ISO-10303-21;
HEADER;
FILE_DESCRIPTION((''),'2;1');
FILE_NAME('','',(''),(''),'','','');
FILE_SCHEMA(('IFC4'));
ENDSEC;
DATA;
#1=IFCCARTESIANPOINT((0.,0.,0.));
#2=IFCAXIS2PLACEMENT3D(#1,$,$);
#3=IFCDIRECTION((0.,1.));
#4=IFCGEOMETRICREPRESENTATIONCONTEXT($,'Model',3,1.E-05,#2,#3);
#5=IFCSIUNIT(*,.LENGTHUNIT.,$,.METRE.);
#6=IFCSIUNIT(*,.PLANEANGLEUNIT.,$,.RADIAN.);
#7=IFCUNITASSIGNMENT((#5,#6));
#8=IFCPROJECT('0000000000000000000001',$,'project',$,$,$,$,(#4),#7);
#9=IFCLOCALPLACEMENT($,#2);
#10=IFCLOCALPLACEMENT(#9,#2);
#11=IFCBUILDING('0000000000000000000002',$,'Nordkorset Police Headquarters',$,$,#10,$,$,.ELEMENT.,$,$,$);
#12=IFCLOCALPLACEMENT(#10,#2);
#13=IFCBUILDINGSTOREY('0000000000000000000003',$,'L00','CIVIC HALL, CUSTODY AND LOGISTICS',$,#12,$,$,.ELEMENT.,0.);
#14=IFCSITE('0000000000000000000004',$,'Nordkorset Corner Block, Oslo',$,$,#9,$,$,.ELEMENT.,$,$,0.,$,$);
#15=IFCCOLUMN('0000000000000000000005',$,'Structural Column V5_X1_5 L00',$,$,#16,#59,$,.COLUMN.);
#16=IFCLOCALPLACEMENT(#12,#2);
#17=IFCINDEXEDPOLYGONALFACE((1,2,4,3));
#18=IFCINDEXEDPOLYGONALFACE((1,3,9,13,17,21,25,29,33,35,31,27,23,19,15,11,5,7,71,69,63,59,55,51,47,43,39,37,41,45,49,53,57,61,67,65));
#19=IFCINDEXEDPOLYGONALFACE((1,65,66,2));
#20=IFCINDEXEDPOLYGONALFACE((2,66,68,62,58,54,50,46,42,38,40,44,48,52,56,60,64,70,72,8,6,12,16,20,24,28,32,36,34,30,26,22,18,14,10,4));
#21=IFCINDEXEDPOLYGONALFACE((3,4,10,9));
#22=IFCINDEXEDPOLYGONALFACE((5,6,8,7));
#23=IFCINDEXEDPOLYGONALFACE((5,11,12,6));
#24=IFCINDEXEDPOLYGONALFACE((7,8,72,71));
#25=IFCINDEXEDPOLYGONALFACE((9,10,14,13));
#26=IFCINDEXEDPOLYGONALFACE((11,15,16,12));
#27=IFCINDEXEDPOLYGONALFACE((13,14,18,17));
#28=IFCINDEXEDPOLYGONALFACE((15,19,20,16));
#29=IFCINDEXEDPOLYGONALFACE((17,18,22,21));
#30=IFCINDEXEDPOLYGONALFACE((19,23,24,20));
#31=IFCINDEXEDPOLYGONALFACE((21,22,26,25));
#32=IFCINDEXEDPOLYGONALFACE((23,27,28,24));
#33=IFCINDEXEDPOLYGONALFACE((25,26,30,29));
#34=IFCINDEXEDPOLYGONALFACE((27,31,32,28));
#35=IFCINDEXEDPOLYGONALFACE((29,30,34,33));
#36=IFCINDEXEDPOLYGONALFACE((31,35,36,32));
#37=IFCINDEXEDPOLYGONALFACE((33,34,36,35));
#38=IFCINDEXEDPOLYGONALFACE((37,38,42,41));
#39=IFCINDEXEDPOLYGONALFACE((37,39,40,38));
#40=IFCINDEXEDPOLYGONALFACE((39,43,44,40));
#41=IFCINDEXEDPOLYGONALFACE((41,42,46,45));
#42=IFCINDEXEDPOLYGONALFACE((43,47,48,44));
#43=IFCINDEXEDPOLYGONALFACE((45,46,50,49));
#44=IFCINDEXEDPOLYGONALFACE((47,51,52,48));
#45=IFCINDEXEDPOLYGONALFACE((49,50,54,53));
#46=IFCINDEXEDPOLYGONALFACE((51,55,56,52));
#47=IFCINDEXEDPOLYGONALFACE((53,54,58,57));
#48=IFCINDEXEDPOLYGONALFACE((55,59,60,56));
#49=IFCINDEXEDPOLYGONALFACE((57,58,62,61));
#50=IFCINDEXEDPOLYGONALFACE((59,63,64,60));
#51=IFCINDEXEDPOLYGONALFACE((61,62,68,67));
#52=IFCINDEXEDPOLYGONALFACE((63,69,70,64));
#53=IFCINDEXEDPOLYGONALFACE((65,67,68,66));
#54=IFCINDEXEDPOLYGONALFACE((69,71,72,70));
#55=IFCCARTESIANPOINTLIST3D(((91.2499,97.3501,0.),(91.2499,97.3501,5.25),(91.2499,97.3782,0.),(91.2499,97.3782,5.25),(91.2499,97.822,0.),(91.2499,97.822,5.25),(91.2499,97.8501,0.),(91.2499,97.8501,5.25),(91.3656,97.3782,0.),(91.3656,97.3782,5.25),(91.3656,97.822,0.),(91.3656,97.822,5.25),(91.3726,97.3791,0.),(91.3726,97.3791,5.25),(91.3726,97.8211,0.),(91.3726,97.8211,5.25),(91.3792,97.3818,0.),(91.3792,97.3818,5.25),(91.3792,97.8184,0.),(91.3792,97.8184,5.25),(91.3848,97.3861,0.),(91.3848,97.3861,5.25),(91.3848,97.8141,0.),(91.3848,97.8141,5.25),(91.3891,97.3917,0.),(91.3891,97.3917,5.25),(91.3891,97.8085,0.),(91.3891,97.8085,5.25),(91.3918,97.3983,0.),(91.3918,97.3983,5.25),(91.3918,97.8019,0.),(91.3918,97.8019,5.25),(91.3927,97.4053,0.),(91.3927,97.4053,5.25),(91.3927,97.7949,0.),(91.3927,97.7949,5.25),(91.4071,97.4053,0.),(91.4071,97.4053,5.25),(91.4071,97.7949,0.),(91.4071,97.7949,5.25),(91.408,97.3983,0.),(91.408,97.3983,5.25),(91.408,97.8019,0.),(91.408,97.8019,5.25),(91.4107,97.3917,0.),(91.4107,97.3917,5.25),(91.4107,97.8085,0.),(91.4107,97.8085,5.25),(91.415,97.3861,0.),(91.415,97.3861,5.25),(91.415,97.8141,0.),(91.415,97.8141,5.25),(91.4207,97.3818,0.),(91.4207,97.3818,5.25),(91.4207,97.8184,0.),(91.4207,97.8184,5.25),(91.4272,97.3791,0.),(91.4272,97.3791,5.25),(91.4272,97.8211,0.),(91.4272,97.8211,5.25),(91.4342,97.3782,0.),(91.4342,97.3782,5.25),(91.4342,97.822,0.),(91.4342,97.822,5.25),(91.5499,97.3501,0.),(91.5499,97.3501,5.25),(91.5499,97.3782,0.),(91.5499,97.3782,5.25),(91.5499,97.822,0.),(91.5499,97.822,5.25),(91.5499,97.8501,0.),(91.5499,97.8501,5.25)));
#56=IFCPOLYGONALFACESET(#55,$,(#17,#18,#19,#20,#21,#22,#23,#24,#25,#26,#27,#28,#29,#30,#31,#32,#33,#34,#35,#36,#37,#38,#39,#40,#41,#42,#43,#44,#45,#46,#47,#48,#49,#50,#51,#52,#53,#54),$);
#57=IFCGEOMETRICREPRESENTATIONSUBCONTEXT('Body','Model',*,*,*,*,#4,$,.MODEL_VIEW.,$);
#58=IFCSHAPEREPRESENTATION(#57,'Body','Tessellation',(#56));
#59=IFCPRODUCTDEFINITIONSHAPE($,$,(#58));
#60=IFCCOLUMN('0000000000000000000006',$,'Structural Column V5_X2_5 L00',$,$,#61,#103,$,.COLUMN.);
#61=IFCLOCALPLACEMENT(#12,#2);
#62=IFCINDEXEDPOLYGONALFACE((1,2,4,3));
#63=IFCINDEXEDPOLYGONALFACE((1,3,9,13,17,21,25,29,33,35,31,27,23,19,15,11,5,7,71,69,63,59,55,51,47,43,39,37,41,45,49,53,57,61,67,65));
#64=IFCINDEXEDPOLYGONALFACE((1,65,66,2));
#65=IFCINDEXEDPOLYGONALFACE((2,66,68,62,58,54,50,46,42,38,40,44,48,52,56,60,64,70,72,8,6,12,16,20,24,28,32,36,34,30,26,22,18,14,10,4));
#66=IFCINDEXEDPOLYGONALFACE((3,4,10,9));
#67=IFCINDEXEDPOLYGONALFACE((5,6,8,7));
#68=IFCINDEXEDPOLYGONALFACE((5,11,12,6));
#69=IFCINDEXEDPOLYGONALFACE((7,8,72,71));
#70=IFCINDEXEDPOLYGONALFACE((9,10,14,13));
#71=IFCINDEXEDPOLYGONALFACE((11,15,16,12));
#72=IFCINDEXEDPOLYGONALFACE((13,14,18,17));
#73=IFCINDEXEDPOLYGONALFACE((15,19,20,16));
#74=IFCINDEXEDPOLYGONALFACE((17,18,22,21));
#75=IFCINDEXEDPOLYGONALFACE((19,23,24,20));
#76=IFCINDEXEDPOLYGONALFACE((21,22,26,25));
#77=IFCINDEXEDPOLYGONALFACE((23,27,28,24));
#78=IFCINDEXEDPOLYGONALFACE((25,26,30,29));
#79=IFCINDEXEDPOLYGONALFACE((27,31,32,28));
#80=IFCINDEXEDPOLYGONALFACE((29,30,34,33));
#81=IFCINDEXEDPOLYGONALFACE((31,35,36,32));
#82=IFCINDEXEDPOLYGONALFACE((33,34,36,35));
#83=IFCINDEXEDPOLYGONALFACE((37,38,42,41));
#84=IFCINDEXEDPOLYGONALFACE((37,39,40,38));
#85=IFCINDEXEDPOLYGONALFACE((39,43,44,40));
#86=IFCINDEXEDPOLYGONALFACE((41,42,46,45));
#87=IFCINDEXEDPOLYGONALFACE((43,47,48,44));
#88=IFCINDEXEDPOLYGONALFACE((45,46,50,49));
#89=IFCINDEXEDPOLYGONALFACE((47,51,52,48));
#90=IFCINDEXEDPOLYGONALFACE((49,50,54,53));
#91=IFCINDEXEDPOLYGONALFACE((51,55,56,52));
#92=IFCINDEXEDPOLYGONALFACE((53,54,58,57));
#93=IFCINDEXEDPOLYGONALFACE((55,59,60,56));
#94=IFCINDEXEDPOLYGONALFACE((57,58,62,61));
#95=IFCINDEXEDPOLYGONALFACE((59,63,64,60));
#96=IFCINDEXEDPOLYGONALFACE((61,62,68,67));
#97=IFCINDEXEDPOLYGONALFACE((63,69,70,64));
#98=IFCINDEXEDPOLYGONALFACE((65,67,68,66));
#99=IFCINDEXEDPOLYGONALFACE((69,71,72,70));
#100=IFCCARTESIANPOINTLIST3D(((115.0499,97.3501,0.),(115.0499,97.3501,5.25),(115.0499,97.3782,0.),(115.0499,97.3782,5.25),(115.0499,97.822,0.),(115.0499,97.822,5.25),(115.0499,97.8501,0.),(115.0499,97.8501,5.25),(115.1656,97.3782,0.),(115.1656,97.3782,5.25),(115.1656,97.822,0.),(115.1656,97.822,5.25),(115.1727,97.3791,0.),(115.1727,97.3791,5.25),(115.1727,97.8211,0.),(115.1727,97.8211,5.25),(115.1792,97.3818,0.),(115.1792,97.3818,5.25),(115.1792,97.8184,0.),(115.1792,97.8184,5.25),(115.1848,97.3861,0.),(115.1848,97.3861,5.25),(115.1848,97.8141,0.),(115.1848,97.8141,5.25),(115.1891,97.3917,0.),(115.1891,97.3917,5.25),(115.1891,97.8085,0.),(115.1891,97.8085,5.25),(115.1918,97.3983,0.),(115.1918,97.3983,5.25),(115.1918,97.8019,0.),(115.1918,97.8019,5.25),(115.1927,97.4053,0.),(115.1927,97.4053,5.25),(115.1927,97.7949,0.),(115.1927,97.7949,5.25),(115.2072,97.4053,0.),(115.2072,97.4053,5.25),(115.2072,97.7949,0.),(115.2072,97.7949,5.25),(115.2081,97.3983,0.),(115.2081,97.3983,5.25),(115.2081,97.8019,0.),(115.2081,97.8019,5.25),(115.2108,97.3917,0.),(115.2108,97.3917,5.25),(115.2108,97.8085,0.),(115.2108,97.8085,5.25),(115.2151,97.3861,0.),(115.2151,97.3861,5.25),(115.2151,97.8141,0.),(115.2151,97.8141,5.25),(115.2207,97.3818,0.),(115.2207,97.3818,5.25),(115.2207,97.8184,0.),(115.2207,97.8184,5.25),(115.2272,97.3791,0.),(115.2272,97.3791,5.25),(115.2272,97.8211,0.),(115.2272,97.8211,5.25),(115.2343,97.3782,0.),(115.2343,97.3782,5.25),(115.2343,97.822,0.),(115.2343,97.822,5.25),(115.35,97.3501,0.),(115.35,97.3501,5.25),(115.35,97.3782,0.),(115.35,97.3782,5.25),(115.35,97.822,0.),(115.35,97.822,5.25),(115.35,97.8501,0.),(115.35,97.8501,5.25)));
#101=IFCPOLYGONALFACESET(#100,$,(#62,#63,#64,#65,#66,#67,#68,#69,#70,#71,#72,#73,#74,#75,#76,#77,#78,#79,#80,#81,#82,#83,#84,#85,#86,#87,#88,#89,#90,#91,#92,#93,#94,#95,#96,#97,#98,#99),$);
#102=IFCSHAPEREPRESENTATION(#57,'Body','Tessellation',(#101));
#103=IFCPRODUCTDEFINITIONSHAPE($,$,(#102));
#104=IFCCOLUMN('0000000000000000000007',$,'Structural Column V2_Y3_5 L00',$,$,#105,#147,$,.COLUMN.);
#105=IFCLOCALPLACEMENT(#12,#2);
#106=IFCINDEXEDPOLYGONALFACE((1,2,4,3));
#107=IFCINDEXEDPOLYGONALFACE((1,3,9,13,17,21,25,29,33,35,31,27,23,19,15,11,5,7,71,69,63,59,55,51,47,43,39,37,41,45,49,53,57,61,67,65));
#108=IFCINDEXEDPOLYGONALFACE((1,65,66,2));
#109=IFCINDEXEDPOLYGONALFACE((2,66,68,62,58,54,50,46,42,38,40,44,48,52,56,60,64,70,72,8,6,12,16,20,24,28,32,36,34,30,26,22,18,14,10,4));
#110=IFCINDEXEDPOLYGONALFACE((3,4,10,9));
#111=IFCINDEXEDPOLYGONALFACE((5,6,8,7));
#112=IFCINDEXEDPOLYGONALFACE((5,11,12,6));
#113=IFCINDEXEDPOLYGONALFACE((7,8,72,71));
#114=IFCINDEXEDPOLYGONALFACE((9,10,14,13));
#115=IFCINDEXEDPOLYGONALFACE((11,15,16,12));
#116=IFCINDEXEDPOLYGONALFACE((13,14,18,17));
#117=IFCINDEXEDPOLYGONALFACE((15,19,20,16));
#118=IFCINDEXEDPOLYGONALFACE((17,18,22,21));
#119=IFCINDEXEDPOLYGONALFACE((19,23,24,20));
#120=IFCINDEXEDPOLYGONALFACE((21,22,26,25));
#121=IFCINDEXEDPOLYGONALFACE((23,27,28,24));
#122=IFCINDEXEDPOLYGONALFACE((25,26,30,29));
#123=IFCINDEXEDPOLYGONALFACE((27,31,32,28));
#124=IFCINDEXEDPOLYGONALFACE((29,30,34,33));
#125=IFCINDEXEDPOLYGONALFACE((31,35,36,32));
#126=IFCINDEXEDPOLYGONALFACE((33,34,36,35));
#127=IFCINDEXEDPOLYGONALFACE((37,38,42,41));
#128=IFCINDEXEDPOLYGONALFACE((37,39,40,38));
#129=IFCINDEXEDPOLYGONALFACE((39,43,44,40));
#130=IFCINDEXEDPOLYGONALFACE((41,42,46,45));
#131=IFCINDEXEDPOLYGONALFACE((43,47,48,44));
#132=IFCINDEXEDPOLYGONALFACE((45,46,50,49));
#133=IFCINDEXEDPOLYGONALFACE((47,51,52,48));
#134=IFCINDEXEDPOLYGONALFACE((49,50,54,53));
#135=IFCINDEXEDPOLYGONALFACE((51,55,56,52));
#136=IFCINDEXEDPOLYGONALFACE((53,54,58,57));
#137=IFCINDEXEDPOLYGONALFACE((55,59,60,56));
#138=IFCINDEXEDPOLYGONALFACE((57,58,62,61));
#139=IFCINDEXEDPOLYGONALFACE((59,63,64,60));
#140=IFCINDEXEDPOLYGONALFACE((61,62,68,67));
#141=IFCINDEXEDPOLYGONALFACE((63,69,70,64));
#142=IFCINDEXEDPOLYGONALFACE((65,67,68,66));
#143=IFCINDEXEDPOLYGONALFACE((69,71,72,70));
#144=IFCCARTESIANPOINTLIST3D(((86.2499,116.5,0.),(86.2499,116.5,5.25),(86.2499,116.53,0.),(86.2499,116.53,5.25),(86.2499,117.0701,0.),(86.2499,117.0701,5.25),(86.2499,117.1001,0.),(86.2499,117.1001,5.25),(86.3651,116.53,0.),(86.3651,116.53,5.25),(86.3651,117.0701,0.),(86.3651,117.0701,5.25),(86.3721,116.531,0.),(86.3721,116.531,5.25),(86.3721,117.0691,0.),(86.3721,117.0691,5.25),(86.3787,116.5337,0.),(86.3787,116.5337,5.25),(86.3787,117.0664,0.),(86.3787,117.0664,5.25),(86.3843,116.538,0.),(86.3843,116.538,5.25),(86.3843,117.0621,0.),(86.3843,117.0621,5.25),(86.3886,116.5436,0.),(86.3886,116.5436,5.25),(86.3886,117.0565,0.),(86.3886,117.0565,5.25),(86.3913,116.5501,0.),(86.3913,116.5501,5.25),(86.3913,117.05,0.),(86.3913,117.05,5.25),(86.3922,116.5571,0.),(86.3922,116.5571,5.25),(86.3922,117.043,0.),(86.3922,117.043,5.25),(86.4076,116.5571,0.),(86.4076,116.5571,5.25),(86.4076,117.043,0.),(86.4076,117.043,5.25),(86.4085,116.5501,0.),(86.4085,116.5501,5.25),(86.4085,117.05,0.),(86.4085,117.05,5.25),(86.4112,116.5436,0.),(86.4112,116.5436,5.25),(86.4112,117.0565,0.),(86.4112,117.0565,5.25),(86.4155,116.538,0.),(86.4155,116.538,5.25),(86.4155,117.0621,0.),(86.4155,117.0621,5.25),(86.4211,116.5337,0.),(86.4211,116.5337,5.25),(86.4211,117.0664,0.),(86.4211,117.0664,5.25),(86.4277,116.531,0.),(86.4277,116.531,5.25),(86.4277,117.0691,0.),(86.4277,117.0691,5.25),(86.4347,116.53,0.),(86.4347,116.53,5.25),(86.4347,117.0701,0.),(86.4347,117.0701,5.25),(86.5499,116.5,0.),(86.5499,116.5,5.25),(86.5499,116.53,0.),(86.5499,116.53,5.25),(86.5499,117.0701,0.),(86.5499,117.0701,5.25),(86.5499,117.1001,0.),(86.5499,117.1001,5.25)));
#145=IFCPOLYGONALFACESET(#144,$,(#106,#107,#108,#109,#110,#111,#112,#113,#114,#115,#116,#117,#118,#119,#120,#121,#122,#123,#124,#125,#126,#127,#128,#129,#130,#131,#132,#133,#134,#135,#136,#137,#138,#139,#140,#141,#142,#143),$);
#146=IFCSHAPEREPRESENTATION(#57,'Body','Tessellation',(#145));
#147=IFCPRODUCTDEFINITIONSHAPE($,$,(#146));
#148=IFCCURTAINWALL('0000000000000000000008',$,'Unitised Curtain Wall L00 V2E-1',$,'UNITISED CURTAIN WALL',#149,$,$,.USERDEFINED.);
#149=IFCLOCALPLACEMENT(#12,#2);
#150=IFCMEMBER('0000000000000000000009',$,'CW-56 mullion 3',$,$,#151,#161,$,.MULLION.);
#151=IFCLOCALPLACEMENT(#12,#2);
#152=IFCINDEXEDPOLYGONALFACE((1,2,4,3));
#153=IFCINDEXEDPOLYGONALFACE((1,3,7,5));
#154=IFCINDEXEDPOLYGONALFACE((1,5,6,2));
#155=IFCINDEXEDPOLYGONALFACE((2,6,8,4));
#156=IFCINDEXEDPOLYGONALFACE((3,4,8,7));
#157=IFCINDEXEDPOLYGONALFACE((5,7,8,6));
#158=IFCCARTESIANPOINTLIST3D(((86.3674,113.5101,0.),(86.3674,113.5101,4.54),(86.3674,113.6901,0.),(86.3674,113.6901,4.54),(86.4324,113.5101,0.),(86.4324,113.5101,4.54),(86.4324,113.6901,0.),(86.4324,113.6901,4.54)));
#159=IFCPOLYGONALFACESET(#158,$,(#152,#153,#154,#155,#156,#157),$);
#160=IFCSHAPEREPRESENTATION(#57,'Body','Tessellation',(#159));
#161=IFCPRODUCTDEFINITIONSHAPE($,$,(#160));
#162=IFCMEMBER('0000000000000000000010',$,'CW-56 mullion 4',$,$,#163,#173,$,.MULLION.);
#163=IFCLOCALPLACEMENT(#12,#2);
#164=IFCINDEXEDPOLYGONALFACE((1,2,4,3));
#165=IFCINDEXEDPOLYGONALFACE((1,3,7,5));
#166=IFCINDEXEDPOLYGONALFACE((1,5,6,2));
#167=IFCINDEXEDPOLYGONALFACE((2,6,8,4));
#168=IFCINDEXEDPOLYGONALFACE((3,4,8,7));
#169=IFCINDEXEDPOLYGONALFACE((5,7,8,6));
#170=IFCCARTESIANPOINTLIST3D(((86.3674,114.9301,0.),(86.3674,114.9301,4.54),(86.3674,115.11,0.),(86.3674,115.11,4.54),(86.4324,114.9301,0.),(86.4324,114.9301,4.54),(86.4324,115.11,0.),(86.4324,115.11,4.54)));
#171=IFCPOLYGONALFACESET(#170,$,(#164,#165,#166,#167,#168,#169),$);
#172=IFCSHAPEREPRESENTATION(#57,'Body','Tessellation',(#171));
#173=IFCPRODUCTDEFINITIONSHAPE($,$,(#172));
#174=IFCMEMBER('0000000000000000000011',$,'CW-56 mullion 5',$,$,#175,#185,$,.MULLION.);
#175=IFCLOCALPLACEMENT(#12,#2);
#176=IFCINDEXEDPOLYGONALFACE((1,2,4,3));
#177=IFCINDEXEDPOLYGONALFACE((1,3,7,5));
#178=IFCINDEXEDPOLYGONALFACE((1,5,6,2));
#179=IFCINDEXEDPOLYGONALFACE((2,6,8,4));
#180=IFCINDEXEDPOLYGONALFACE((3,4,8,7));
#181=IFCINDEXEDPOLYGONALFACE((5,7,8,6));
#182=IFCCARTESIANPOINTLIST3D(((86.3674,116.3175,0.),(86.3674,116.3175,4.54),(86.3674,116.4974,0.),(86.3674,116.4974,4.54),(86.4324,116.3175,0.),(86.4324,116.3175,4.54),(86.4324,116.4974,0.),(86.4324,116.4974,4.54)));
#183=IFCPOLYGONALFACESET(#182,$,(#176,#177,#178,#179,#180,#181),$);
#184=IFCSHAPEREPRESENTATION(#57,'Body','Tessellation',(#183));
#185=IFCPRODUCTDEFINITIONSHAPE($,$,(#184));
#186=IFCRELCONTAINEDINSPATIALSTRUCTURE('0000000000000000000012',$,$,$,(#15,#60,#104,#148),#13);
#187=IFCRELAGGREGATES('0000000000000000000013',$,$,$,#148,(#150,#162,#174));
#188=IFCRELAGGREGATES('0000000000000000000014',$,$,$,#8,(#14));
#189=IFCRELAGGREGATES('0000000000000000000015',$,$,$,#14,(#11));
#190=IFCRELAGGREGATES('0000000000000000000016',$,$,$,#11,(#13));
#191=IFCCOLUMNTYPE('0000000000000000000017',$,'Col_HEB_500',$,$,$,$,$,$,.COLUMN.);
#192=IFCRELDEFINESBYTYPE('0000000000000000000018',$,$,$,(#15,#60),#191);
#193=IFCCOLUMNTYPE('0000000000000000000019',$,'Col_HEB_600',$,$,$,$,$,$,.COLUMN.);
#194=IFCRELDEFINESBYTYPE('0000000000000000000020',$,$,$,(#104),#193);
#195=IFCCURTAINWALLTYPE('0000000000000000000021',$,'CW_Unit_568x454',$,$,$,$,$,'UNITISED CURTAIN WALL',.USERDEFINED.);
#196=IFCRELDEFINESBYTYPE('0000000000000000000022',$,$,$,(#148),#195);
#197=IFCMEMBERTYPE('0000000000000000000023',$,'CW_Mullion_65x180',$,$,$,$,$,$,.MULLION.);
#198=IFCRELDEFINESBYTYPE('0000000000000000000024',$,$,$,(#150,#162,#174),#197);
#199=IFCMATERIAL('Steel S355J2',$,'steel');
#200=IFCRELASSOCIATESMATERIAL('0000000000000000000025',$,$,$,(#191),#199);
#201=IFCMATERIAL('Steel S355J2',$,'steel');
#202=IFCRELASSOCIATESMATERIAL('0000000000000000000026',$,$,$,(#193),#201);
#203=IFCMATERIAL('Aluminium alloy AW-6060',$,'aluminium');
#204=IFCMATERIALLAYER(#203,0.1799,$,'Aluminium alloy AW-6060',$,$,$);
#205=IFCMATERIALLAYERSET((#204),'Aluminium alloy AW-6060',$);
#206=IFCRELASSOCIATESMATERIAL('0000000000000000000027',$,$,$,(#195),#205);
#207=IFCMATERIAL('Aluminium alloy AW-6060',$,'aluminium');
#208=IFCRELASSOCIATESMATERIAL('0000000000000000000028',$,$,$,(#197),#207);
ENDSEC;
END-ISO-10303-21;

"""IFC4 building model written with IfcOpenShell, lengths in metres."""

from ifc_helpers import new_model, si_unit, direction, frame, origin, origin_2d, place, context, subcontext, project, spatial, rectangle, i_section, extrude, material, layer, layer_set, material_profile, profile_set, type_object, element, aggregate, save


model = new_model("IFC4")

# Units and contexts
model_context = context("Model", 3, precision=1e-05, world=origin(), true_north=direction((0.0, 1.0)))
body_context = subcontext(model_context, "Body", "Model", "MODEL_VIEW")
ifc_project = project(units=[si_unit("LENGTHUNIT", "METRE"), si_unit("PLANEANGLEUNIT", "RADIAN")], contexts=[model_context])

# Site, building, storey
site_placement = place(None, origin())
site = spatial("IfcSite", under=ifc_project, at=site_placement, Name="Nordkorset Corner Block, Oslo", CompositionType="ELEMENT", RefElevation=0.0)
building_placement = place(site_placement, origin())
building = spatial("IfcBuilding", under=site, at=building_placement, Name="Nordkorset Police Headquarters", CompositionType="ELEMENT")
storey_placement = place(building_placement, origin())
storey = spatial("IfcBuildingStorey", under=building, at=storey_placement, Name="L00", Description="CIVIC HALL, CUSTODY AND LOGISTICS", CompositionType="ELEMENT", Elevation=0.0)

# Columns
ifc_material_1 = material(Name="Steel S355J2", Category="steel")
ifc_material_profile_1 = material_profile(ifc_material_1, i_section(OverallWidth=0.3, OverallDepth=0.5, WebThickness=0.0144, FlangeThickness=0.0281, FilletRadius=0.0271, at=origin_2d()), Name="HEB 500")
ifc_profile_set_1 = profile_set([ifc_material_profile_1], Name="Steel S355J2")
column_type_1 = type_object("IfcColumnType", Name="Col_HEB_500", PredefinedType="COLUMN", material=ifc_profile_set_1)
for number, where, z_axis, x_axis, name in (
    (1, (91.3999, 97.6001, 0.0), (0.0, 0.0, 1.0), (1.0, 0.0, 0.0), "Structural Column V5_X1_5 L00"),
    (2, (115.2, 97.6001, 0.0), (0.0, 0.0, 1.0), (1.0, 0.0, 0.0), "Structural Column V5_X2_5 L00"),
):
    element("IfcColumn", number, at=place(storey_placement, frame(where, z_axis=z_axis, x_axis=x_axis)), inside=storey, type_object=column_type_1, Name=name, PredefinedType="COLUMN", context=body_context, shape_type="SweptSolid", body=[
        extrude(i_section(OverallWidth=0.3, OverallDepth=0.5, WebThickness=0.0144, FlangeThickness=0.0281, FilletRadius=0.0271, at=origin_2d()), origin(), (0.0, 0.0, 1.0), 5.25),
    ])
ifc_material_2 = material(Name="Steel S355J2", Category="steel")
ifc_material_profile_2 = material_profile(ifc_material_2, i_section(OverallWidth=0.3, OverallDepth=0.6001, WebThickness=0.0154, FlangeThickness=0.03, FilletRadius=0.0271, at=origin_2d()), Name="HEB 600")
ifc_profile_set_2 = profile_set([ifc_material_profile_2], Name="Steel S355J2")
column_type_2 = type_object("IfcColumnType", Name="Col_HEB_600", PredefinedType="COLUMN", material=ifc_profile_set_2)
column_placement = place(storey_placement, frame((86.3999, 116.8, 0.0), z_axis=(0.0, 0.0, 1.0), x_axis=(1.0, 0.0, 0.0)))
element("IfcColumn", 3, at=column_placement, inside=storey, type_object=column_type_2, Name="Structural Column V2_Y3_5 L00", PredefinedType="COLUMN", context=body_context, shape_type="SweptSolid", body=[
    extrude(i_section(OverallWidth=0.3, OverallDepth=0.6001, WebThickness=0.0154, FlangeThickness=0.03, FilletRadius=0.0271, at=origin_2d()), origin(), (0.0, 0.0, 1.0), 5.25),
])

# Curtain wall, members
ifc_material_3 = material(Name="Aluminium alloy AW-6060", Category="aluminium")
ifc_layer_1 = layer(ifc_material_3, 0.1799, Name="Aluminium alloy AW-6060")
ifc_layer_set_1 = layer_set([ifc_layer_1], Name="Aluminium alloy AW-6060")
curtain_wall_type = type_object("IfcCurtainWallType", Name="CW_Unit_568x454", ElementType="UNITISED CURTAIN WALL", PredefinedType="USERDEFINED", material=ifc_layer_set_1)
curtain_wall_placement = place(storey_placement, origin())
curtain_wall = element("IfcCurtainWall", 4, at=curtain_wall_placement, inside=storey, type_object=curtain_wall_type, Name="Unitised Curtain Wall L00 V2E-1", ObjectType="UNITISED CURTAIN WALL", PredefinedType="USERDEFINED")
ifc_material_4 = material(Name="Aluminium alloy AW-6060", Category="aluminium")
ifc_material_profile_3 = material_profile(ifc_material_4, rectangle(XDim=0.0649, YDim=0.1799, at=origin_2d()), Name="ALU MULL 65x180")
ifc_profile_set_3 = profile_set([ifc_material_profile_3], Name="Aluminium alloy AW-6060")
member_type_1 = type_object("IfcMemberType", Name="CW_Mullion_65x180", PredefinedType="MULLION", material=ifc_profile_set_3)
member_1_placement = place(storey_placement, frame((86.3999, 113.6001, 0.0), z_axis=(0.0, 0.0, 1.0), x_axis=(-1.0, 0.0, 0.0)))
member_1 = element("IfcMember", 5, at=member_1_placement, type_object=member_type_1, Name="CW-56 mullion 3", PredefinedType="MULLION", context=body_context, shape_type="SweptSolid", body=[
    extrude(rectangle(XDim=0.0649, YDim=0.1799, at=origin_2d()), origin(), (0.0, 0.0, 1.0), 4.54),
])
member_2_placement = place(storey_placement, frame((86.3999, 115.02, 0.0), z_axis=(0.0, 0.0, 1.0), x_axis=(-1.0, 0.0, 0.0)))
member_2 = element("IfcMember", 6, at=member_2_placement, type_object=member_type_1, Name="CW-56 mullion 4", PredefinedType="MULLION", context=body_context, shape_type="SweptSolid", body=[
    extrude(rectangle(XDim=0.0649, YDim=0.1799, at=origin_2d()), origin(), (0.0, 0.0, 1.0), 4.54),
])
member_3_placement = place(storey_placement, frame((86.3999, 116.4075, 0.0), z_axis=(0.0, 0.0, 1.0), x_axis=(-1.0, 0.0, 0.0)))
member_3 = element("IfcMember", 7, at=member_3_placement, type_object=member_type_1, Name="CW-56 mullion 5", PredefinedType="MULLION", context=body_context, shape_type="SweptSolid", body=[
    extrude(rectangle(XDim=0.0649, YDim=0.1799, at=origin_2d()), origin(), (0.0, 0.0, 1.0), 4.54),
])

aggregate(curtain_wall, [member_1, member_2, member_3])

save(model, "model.ifc")
